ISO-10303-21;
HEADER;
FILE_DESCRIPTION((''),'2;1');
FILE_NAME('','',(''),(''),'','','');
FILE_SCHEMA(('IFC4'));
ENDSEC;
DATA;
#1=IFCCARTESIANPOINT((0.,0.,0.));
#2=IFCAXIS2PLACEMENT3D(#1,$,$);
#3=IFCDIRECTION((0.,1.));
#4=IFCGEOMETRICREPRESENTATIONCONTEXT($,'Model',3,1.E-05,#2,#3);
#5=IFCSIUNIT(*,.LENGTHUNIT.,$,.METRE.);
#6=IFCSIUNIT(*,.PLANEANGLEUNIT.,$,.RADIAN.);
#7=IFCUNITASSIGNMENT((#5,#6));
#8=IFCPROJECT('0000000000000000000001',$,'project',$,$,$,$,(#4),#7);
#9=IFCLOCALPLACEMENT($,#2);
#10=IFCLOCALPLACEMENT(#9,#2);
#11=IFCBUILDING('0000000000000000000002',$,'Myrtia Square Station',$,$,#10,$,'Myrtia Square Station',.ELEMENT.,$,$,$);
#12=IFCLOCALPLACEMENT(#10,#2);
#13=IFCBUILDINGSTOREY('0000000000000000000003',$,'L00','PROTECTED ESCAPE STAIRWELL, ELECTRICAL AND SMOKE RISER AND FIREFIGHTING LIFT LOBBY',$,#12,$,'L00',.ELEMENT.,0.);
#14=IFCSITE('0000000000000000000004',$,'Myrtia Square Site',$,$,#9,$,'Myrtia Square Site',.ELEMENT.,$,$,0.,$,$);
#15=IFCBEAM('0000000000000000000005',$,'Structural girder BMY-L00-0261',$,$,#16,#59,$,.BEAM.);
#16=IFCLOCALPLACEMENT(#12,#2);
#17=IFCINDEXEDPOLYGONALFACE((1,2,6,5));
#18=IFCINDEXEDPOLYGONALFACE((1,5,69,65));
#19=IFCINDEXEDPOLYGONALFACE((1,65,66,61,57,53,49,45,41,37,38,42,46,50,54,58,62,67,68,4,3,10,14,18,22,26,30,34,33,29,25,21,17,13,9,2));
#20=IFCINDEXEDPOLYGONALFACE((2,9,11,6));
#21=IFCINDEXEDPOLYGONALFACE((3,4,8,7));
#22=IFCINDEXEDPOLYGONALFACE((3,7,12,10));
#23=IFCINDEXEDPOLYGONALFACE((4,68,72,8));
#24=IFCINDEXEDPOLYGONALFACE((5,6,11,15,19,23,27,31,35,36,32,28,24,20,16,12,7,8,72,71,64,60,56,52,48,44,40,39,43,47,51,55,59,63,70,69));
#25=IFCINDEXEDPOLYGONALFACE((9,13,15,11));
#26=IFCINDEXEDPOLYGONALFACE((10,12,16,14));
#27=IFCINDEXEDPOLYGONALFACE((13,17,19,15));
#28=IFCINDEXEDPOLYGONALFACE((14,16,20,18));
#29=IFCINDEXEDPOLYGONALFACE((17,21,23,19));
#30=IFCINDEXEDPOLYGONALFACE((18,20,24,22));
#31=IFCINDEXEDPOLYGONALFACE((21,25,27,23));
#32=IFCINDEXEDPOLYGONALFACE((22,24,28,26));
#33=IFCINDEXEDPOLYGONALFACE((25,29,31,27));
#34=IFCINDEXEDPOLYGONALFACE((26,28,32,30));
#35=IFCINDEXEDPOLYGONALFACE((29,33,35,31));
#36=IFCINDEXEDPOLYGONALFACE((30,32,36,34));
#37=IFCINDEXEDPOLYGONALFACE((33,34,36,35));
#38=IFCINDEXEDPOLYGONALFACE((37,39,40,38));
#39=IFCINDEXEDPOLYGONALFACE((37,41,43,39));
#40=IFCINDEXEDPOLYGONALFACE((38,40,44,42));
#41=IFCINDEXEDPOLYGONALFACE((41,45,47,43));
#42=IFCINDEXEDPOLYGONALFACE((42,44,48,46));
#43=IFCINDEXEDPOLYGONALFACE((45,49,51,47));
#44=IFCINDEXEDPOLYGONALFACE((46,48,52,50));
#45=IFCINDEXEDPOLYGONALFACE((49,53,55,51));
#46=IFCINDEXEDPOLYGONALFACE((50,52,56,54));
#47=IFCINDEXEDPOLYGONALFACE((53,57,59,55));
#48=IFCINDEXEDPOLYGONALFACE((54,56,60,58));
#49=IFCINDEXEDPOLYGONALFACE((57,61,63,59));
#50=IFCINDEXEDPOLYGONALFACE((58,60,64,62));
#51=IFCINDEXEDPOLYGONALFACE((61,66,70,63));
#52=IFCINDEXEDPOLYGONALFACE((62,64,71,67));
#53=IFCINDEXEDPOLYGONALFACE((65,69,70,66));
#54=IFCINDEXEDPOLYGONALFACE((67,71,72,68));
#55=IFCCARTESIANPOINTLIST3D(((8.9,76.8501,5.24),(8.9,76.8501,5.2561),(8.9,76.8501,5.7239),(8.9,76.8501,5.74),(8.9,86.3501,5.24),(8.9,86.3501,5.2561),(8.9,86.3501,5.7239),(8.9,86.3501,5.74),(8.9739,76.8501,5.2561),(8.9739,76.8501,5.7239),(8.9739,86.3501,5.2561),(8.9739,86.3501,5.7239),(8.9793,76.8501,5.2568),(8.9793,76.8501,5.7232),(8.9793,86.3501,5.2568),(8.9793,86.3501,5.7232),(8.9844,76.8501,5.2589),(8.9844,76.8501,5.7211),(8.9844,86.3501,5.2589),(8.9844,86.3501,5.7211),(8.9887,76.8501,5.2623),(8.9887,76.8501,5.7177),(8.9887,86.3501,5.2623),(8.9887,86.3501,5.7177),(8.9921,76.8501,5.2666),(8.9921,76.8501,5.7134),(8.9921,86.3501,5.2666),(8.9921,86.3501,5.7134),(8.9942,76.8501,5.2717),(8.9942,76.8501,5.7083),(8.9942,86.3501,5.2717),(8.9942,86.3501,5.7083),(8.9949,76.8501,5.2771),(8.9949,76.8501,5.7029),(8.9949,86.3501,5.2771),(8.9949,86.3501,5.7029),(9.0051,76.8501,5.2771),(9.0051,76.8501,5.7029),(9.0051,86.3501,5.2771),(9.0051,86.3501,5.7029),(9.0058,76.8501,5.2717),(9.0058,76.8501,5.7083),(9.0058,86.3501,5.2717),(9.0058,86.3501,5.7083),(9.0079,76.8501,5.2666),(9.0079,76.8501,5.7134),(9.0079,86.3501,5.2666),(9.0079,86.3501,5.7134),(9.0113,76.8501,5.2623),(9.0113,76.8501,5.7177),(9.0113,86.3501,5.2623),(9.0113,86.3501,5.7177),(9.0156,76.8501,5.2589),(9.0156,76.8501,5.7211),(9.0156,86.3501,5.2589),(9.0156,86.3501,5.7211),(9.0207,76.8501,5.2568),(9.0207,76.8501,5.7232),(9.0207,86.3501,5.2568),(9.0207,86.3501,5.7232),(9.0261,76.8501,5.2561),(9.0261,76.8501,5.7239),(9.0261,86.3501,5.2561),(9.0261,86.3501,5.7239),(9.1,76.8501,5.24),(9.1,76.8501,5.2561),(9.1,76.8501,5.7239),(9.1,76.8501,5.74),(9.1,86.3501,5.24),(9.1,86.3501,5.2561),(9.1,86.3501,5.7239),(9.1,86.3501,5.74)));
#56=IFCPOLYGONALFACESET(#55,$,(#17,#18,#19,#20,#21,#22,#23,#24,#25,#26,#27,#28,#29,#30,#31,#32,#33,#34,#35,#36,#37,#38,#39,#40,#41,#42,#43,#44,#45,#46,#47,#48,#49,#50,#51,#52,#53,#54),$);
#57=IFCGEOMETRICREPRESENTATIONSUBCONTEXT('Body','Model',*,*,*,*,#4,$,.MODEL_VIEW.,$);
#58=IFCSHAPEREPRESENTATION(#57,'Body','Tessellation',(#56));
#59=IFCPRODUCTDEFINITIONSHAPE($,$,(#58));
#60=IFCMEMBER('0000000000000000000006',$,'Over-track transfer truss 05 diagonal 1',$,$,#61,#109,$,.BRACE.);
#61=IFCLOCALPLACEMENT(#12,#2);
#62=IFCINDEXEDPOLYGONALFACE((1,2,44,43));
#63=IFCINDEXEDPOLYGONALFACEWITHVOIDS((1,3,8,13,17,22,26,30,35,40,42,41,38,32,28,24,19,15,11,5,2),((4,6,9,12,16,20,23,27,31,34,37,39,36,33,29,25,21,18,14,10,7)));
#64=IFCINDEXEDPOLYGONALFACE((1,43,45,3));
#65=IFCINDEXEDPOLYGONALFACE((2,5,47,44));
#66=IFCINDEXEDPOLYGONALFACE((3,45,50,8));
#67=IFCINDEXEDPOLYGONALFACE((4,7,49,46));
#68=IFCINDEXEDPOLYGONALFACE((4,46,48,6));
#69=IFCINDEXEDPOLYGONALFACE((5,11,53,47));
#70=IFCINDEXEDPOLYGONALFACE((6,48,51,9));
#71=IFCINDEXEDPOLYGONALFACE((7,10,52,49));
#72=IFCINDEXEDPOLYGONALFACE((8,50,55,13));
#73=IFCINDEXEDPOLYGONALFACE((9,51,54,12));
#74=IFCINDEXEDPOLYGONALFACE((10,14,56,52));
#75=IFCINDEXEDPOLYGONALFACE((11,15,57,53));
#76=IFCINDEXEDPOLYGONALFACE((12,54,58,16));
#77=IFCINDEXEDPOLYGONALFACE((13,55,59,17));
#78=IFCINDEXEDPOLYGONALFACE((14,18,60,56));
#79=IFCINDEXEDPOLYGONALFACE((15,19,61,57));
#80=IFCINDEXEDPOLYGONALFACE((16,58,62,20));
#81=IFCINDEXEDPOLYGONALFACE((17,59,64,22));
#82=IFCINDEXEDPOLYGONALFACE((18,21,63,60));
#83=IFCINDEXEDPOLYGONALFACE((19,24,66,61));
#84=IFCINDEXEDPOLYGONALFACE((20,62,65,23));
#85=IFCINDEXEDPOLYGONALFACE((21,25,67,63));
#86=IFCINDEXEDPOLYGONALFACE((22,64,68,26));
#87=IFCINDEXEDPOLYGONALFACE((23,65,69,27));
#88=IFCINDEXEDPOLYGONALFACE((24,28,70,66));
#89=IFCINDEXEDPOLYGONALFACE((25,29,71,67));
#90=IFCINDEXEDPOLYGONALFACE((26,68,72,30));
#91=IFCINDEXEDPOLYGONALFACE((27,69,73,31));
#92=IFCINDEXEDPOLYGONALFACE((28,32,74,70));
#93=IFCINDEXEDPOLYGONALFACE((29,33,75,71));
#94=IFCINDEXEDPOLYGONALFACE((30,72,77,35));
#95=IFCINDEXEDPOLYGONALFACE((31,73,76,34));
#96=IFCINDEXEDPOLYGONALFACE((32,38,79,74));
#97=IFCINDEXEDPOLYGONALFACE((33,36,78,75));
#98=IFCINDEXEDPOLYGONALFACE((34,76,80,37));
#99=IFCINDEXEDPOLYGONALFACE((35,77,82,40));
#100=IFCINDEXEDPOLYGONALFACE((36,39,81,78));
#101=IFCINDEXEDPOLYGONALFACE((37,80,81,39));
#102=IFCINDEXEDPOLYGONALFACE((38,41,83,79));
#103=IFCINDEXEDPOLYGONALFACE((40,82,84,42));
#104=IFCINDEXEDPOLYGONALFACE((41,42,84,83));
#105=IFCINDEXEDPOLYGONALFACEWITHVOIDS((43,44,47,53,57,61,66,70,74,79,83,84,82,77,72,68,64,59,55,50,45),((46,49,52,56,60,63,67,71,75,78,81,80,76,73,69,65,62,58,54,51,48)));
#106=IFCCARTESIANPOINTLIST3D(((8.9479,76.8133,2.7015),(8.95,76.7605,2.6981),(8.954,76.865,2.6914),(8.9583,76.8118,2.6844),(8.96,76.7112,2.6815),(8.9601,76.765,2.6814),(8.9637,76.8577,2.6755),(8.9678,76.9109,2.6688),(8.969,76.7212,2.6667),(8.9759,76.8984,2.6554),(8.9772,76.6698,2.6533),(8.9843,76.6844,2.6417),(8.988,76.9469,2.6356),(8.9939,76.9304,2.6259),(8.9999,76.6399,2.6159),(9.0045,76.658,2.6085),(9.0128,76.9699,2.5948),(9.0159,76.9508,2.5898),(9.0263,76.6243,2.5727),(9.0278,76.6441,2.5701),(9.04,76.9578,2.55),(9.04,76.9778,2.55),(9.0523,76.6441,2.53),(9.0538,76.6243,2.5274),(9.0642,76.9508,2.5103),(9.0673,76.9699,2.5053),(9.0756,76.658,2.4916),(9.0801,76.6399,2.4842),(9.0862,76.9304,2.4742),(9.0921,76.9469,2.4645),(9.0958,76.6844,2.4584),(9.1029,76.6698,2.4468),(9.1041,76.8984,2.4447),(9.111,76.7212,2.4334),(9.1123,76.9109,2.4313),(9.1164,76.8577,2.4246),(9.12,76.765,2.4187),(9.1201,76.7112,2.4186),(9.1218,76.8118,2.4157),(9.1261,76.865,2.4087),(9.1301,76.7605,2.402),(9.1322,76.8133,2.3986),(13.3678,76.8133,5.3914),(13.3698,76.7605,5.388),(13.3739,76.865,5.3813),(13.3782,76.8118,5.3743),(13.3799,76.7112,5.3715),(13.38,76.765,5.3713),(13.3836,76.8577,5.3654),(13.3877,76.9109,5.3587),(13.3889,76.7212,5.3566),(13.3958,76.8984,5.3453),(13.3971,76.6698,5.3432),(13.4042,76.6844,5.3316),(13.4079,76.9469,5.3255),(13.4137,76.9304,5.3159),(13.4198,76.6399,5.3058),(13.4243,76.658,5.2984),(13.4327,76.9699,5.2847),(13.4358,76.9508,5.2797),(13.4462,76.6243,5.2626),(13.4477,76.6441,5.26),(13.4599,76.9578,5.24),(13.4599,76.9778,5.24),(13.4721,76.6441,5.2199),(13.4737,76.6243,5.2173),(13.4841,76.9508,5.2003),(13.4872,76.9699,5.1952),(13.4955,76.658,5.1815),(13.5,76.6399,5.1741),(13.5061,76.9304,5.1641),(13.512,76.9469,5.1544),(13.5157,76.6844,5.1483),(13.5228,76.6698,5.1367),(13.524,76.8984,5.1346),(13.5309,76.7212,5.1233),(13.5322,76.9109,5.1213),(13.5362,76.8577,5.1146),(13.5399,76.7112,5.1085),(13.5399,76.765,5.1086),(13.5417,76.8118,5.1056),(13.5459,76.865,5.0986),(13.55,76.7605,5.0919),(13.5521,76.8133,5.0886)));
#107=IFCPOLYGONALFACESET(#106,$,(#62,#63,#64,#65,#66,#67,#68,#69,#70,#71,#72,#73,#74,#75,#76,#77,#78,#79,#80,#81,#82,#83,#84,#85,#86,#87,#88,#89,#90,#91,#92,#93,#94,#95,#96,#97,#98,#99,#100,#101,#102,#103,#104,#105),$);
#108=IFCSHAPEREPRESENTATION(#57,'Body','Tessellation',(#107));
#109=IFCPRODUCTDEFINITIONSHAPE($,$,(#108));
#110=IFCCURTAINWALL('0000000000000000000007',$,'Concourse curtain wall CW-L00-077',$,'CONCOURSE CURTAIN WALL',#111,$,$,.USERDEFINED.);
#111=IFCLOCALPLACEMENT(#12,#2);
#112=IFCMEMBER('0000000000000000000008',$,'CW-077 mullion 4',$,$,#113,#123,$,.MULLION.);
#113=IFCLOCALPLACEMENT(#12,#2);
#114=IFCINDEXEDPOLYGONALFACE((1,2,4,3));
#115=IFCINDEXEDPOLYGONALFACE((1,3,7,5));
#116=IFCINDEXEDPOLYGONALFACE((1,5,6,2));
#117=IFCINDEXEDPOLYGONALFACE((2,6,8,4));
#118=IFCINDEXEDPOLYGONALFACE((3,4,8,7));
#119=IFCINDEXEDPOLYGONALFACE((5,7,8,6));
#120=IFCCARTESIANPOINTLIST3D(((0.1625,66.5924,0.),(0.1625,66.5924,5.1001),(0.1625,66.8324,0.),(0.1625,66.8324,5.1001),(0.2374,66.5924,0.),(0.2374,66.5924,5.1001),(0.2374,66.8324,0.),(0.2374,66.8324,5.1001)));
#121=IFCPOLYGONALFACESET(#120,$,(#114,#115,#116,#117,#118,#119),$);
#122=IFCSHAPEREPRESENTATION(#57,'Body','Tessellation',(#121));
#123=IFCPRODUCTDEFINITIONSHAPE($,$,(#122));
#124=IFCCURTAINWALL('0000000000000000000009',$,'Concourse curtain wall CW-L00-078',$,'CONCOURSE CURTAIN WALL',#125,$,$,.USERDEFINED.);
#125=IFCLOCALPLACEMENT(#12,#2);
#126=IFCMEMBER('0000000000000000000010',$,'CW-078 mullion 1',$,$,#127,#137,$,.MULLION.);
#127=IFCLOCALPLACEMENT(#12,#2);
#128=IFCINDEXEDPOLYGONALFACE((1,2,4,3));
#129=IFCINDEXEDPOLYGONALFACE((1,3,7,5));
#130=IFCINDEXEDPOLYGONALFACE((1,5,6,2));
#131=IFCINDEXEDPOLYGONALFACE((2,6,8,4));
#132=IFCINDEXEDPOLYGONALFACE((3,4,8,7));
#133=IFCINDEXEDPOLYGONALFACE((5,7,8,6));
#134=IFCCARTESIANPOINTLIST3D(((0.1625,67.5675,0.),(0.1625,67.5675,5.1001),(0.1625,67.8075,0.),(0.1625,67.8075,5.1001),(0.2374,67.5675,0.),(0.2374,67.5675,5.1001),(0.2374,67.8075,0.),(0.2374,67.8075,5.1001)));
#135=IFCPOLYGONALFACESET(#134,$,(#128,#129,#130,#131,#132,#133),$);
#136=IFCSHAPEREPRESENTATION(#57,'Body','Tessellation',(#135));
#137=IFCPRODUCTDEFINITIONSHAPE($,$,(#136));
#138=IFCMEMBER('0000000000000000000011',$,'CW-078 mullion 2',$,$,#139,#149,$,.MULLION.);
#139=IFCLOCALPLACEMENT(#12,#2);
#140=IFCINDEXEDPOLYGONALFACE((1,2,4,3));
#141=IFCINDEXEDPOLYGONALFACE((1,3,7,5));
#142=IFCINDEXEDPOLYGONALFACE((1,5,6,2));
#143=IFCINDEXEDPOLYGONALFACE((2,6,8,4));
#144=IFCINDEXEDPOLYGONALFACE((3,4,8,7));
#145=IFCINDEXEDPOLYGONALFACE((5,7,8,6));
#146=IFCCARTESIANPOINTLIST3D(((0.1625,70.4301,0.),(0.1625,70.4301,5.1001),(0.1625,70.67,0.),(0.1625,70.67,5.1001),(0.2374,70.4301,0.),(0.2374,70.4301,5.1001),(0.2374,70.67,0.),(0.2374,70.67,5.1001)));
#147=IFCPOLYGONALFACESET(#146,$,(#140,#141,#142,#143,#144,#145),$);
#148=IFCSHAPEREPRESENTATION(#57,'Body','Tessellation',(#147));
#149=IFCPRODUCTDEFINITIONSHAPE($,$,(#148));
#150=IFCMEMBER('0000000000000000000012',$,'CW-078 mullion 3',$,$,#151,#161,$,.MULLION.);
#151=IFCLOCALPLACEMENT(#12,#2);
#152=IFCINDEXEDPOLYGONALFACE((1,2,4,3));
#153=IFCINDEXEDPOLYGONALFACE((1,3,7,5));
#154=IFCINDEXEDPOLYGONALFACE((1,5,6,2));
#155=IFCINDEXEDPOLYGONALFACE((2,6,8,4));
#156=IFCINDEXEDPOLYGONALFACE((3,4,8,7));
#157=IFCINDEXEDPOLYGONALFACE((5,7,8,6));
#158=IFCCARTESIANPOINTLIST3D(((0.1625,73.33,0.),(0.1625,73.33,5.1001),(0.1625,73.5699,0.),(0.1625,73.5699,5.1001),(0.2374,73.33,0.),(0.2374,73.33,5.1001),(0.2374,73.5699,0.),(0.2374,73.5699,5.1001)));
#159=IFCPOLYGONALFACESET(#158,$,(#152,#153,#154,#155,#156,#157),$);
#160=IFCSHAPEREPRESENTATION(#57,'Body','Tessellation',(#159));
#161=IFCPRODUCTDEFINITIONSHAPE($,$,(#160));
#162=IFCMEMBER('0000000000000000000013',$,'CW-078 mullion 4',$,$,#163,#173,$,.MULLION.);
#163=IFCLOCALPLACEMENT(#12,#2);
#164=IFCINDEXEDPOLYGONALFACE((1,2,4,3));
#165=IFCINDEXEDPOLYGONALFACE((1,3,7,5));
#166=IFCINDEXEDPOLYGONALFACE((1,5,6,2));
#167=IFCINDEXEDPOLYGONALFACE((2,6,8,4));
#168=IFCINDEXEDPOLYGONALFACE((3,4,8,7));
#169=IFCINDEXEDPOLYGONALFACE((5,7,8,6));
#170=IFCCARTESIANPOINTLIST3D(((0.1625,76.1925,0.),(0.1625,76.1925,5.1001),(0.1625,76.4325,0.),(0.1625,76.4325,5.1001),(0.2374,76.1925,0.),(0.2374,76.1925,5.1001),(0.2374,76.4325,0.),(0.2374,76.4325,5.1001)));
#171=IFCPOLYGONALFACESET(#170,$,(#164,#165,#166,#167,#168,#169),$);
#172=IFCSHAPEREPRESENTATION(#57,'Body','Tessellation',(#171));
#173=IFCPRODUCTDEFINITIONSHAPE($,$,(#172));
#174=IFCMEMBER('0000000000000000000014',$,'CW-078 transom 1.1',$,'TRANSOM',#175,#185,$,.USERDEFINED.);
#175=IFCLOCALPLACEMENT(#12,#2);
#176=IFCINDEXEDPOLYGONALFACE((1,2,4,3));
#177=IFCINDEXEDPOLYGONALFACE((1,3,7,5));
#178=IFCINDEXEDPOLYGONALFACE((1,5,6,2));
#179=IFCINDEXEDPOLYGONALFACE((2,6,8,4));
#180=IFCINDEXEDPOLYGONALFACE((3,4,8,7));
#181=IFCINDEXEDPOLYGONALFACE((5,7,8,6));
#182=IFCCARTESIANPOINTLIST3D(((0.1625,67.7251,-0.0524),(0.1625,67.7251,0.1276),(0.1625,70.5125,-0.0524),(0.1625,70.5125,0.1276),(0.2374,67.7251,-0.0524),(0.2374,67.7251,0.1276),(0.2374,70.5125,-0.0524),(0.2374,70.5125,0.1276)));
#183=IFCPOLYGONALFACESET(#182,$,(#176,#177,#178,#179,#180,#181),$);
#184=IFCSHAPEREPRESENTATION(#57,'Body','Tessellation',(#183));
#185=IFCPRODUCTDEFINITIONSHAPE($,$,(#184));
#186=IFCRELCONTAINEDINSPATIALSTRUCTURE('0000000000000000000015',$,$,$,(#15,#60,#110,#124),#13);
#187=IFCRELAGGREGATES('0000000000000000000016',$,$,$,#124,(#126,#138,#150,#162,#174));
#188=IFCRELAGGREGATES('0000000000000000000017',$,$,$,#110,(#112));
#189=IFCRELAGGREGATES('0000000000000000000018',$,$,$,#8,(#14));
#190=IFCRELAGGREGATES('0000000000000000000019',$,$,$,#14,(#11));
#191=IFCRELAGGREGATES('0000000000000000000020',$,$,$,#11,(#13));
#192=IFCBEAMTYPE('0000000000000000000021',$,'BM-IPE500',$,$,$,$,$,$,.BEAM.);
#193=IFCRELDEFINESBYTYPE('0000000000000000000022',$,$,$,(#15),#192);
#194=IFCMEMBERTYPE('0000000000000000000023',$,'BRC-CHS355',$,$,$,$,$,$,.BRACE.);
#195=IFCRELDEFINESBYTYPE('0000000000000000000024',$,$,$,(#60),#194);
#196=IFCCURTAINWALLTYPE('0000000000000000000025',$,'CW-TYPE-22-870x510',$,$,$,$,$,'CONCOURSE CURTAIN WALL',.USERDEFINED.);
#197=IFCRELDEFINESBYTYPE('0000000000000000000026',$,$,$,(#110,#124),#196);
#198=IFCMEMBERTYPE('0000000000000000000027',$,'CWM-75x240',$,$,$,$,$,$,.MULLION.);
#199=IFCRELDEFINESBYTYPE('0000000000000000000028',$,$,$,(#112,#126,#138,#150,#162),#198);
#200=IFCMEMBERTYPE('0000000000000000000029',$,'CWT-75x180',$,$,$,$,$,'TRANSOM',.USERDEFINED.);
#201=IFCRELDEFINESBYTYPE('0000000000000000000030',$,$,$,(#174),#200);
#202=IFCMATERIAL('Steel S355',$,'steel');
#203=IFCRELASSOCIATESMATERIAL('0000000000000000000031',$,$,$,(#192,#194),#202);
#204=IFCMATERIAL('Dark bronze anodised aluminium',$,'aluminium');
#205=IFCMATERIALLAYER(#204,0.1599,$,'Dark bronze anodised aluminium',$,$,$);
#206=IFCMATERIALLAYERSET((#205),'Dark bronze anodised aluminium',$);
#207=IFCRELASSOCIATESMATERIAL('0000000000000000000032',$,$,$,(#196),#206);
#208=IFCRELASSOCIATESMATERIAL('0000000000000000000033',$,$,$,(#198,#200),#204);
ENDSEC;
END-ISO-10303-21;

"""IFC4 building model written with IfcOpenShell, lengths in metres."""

from ifc_helpers import new_model, si_unit, direction, frame, origin, origin_2d, place, context, subcontext, project, spatial, rectangle, hollow_circle, i_section, extrude, material, layer, layer_set, material_profile, profile_set, type_object, element, aggregate, save


model = new_model("IFC4")

# Units and contexts
model_context = context("Model", 3, precision=1e-05, world=origin(), true_north=direction((0.0, 1.0)))
body_context = subcontext(model_context, "Body", "Model", "MODEL_VIEW")
ifc_project = project(units=[si_unit("LENGTHUNIT", "METRE"), si_unit("PLANEANGLEUNIT", "RADIAN")], contexts=[model_context])

# Site, building, storey
site_placement = place(None, origin())
site = spatial("IfcSite", under=ifc_project, at=site_placement, Name="Myrtia Square Site", LongName="Myrtia Square Site", CompositionType="ELEMENT", RefElevation=0.0)
building_placement = place(site_placement, origin())
building = spatial("IfcBuilding", under=site, at=building_placement, Name="Myrtia Square Station", LongName="Myrtia Square Station", CompositionType="ELEMENT")
storey_placement = place(building_placement, origin())
storey = spatial("IfcBuildingStorey", under=building, at=storey_placement, Name="L00", Description="PROTECTED ESCAPE STAIRWELL, ELECTRICAL AND SMOKE RISER AND FIREFIGHTING LIFT LOBBY", LongName="L00", CompositionType="ELEMENT", Elevation=0.0)

# Shared definitions
ifc_material_1 = material(Name="Steel S355", Category="steel")

# Beam
ifc_material_profile_1 = material_profile(ifc_material_1, i_section(OverallWidth=0.2, OverallDepth=0.5, WebThickness=0.0103, FlangeThickness=0.0161, FilletRadius=0.021, at=origin_2d()), Name="IPE 500")
ifc_profile_set_1 = profile_set([ifc_material_profile_1], Name="Steel S355")
beam_type = type_object("IfcBeamType", Name="BM-IPE500", PredefinedType="BEAM", material=ifc_profile_set_1)
for number, where, z_axis, x_axis, name in (
    (1, (9.0, 76.8501, 5.49), (0.0, 1.0, 0.0), (-1.0, 0.0, 0.0), "Structural girder BMY-L00-0261"),
):
    element("IfcBeam", number, at=place(storey_placement, frame(where, z_axis=z_axis, x_axis=x_axis)), inside=storey, type_object=beam_type, Name=name, PredefinedType="BEAM", context=body_context, shape_type="SweptSolid", body=[
        extrude(i_section(OverallWidth=0.2, OverallDepth=0.5, WebThickness=0.0103, FlangeThickness=0.0161, FilletRadius=0.021, at=origin_2d()), origin(), (0.0, 0.0, 1.0), 9.5),
    ])

# Member
ifc_material_profile_2 = material_profile(ifc_material_1, hollow_circle(Radius=0.1777, WallThickness=0.02, at=origin_2d()), Name="CHS 355.6x20")
ifc_profile_set_2 = profile_set([ifc_material_profile_2], Name="Steel S355")
member_type_1 = type_object("IfcMemberType", Name="BRC-CHS355", PredefinedType="BRACE", material=ifc_profile_set_2)
member_1_placement = place(storey_placement, frame((9.04, 76.8, 2.55), z_axis=(0.854237, 0.0, 0.519884), x_axis=(0.0, 1.0, 0.0)))
element("IfcMember", 2, at=member_1_placement, inside=storey, type_object=member_type_1, Name="Over-track transfer truss 05 diagonal 1", PredefinedType="BRACE", context=body_context, shape_type="SweptSolid", body=[
    extrude(hollow_circle(Radius=0.1777, WallThickness=0.02, at=origin_2d()), origin(), (0.0, 0.0, 1.0), 5.1741),
])

# Curtain wall, member
ifc_material_2 = material(Name="Dark bronze anodised aluminium", Category="aluminium")
ifc_layer_1 = layer(ifc_material_2, 0.1599, Name="Dark bronze anodised aluminium")
ifc_layer_set_1 = layer_set([ifc_layer_1], Name="Dark bronze anodised aluminium")
curtain_wall_type = type_object("IfcCurtainWallType", Name="CW-TYPE-22-870x510", ElementType="CONCOURSE CURTAIN WALL", PredefinedType="USERDEFINED", material=ifc_layer_set_1)
curtain_wall_1_placement = place(storey_placement, origin())
curtain_wall_1 = element("IfcCurtainWall", 3, at=curtain_wall_1_placement, inside=storey, type_object=curtain_wall_type, Name="Concourse curtain wall CW-L00-077", ObjectType="CONCOURSE CURTAIN WALL", PredefinedType="USERDEFINED")
ifc_material_profile_3 = material_profile(ifc_material_2, rectangle(XDim=0.075, YDim=0.24, at=origin_2d()), Name="ALU-M 75x240")
ifc_profile_set_3 = profile_set([ifc_material_profile_3], Name="Dark bronze anodised aluminium")
member_type_2 = type_object("IfcMemberType", Name="CWM-75x240", PredefinedType="MULLION", material=ifc_profile_set_3)
member_2_placement = place(storey_placement, frame((0.2, 66.7124, 0.0), z_axis=(0.0, 0.0, 1.0), x_axis=(-1.0, 0.0, 0.0)))
member_2 = element("IfcMember", 4, at=member_2_placement, type_object=member_type_2, Name="CW-077 mullion 4", PredefinedType="MULLION", context=body_context, shape_type="SweptSolid", body=[
    extrude(rectangle(XDim=0.075, YDim=0.24, at=origin_2d()), origin(), (0.0, 0.0, 1.0), 5.1001),
])

# Curtain wall, members
curtain_wall_2_placement = place(storey_placement, origin())
curtain_wall_2 = element("IfcCurtainWall", 5, at=curtain_wall_2_placement, inside=storey, type_object=curtain_wall_type, Name="Concourse curtain wall CW-L00-078", ObjectType="CONCOURSE CURTAIN WALL", PredefinedType="USERDEFINED")
member_3_placement = place(storey_placement, frame((0.2, 67.6875, 0.0), z_axis=(0.0, 0.0, 1.0), x_axis=(-1.0, 0.0, 0.0)))
member_3 = element("IfcMember", 6, at=member_3_placement, type_object=member_type_2, Name="CW-078 mullion 1", PredefinedType="MULLION", context=body_context, shape_type="SweptSolid", body=[
    extrude(rectangle(XDim=0.075, YDim=0.24, at=origin_2d()), origin(), (0.0, 0.0, 1.0), 5.1001),
])
member_4_placement = place(storey_placement, frame((0.2, 70.55, 0.0), z_axis=(0.0, 0.0, 1.0), x_axis=(-1.0, 0.0, 0.0)))
member_4 = element("IfcMember", 7, at=member_4_placement, type_object=member_type_2, Name="CW-078 mullion 2", PredefinedType="MULLION", context=body_context, shape_type="SweptSolid", body=[
    extrude(rectangle(XDim=0.075, YDim=0.24, at=origin_2d()), origin(), (0.0, 0.0, 1.0), 5.1001),
])
member_5_placement = place(storey_placement, frame((0.2, 73.45, 0.0), z_axis=(0.0, 0.0, 1.0), x_axis=(-1.0, 0.0, 0.0)))
member_5 = element("IfcMember", 8, at=member_5_placement, type_object=member_type_2, Name="CW-078 mullion 3", PredefinedType="MULLION", context=body_context, shape_type="SweptSolid", body=[
    extrude(rectangle(XDim=0.075, YDim=0.24, at=origin_2d()), origin(), (0.0, 0.0, 1.0), 5.1001),
])
member_6_placement = place(storey_placement, frame((0.2, 76.3125, 0.0), z_axis=(0.0, 0.0, 1.0), x_axis=(-1.0, 0.0, 0.0)))
member_6 = element("IfcMember", 9, at=member_6_placement, type_object=member_type_2, Name="CW-078 mullion 4", PredefinedType="MULLION", context=body_context, shape_type="SweptSolid", body=[
    extrude(rectangle(XDim=0.075, YDim=0.24, at=origin_2d()), origin(), (0.0, 0.0, 1.0), 5.1001),
])
ifc_material_profile_4 = material_profile(ifc_material_2, rectangle(XDim=0.075, YDim=0.1799, at=origin_2d()), Name="ALU-T 75x180")
ifc_profile_set_4 = profile_set([ifc_material_profile_4], Name="Dark bronze anodised aluminium")
member_type_3 = type_object("IfcMemberType", Name="CWT-75x180", ElementType="TRANSOM", PredefinedType="USERDEFINED", material=ifc_profile_set_4)
member_7_placement = place(storey_placement, frame((0.2, 67.7251, 0.0376), z_axis=(0.0, 1.0, 0.0), x_axis=(-1.0, 0.0, 0.0)))
member_7 = element("IfcMember", 10, at=member_7_placement, type_object=member_type_3, Name="CW-078 transom 1.1", ObjectType="TRANSOM", PredefinedType="USERDEFINED", context=body_context, shape_type="SweptSolid", body=[
    extrude(rectangle(XDim=0.075, YDim=0.1799, at=origin_2d()), origin(), (0.0, 0.0, 1.0), 2.7874),
])
aggregate(curtain_wall_2, [member_3, member_4, member_5, member_6, member_7])

aggregate(curtain_wall_1, [member_2])

save(model, "model.ifc")
